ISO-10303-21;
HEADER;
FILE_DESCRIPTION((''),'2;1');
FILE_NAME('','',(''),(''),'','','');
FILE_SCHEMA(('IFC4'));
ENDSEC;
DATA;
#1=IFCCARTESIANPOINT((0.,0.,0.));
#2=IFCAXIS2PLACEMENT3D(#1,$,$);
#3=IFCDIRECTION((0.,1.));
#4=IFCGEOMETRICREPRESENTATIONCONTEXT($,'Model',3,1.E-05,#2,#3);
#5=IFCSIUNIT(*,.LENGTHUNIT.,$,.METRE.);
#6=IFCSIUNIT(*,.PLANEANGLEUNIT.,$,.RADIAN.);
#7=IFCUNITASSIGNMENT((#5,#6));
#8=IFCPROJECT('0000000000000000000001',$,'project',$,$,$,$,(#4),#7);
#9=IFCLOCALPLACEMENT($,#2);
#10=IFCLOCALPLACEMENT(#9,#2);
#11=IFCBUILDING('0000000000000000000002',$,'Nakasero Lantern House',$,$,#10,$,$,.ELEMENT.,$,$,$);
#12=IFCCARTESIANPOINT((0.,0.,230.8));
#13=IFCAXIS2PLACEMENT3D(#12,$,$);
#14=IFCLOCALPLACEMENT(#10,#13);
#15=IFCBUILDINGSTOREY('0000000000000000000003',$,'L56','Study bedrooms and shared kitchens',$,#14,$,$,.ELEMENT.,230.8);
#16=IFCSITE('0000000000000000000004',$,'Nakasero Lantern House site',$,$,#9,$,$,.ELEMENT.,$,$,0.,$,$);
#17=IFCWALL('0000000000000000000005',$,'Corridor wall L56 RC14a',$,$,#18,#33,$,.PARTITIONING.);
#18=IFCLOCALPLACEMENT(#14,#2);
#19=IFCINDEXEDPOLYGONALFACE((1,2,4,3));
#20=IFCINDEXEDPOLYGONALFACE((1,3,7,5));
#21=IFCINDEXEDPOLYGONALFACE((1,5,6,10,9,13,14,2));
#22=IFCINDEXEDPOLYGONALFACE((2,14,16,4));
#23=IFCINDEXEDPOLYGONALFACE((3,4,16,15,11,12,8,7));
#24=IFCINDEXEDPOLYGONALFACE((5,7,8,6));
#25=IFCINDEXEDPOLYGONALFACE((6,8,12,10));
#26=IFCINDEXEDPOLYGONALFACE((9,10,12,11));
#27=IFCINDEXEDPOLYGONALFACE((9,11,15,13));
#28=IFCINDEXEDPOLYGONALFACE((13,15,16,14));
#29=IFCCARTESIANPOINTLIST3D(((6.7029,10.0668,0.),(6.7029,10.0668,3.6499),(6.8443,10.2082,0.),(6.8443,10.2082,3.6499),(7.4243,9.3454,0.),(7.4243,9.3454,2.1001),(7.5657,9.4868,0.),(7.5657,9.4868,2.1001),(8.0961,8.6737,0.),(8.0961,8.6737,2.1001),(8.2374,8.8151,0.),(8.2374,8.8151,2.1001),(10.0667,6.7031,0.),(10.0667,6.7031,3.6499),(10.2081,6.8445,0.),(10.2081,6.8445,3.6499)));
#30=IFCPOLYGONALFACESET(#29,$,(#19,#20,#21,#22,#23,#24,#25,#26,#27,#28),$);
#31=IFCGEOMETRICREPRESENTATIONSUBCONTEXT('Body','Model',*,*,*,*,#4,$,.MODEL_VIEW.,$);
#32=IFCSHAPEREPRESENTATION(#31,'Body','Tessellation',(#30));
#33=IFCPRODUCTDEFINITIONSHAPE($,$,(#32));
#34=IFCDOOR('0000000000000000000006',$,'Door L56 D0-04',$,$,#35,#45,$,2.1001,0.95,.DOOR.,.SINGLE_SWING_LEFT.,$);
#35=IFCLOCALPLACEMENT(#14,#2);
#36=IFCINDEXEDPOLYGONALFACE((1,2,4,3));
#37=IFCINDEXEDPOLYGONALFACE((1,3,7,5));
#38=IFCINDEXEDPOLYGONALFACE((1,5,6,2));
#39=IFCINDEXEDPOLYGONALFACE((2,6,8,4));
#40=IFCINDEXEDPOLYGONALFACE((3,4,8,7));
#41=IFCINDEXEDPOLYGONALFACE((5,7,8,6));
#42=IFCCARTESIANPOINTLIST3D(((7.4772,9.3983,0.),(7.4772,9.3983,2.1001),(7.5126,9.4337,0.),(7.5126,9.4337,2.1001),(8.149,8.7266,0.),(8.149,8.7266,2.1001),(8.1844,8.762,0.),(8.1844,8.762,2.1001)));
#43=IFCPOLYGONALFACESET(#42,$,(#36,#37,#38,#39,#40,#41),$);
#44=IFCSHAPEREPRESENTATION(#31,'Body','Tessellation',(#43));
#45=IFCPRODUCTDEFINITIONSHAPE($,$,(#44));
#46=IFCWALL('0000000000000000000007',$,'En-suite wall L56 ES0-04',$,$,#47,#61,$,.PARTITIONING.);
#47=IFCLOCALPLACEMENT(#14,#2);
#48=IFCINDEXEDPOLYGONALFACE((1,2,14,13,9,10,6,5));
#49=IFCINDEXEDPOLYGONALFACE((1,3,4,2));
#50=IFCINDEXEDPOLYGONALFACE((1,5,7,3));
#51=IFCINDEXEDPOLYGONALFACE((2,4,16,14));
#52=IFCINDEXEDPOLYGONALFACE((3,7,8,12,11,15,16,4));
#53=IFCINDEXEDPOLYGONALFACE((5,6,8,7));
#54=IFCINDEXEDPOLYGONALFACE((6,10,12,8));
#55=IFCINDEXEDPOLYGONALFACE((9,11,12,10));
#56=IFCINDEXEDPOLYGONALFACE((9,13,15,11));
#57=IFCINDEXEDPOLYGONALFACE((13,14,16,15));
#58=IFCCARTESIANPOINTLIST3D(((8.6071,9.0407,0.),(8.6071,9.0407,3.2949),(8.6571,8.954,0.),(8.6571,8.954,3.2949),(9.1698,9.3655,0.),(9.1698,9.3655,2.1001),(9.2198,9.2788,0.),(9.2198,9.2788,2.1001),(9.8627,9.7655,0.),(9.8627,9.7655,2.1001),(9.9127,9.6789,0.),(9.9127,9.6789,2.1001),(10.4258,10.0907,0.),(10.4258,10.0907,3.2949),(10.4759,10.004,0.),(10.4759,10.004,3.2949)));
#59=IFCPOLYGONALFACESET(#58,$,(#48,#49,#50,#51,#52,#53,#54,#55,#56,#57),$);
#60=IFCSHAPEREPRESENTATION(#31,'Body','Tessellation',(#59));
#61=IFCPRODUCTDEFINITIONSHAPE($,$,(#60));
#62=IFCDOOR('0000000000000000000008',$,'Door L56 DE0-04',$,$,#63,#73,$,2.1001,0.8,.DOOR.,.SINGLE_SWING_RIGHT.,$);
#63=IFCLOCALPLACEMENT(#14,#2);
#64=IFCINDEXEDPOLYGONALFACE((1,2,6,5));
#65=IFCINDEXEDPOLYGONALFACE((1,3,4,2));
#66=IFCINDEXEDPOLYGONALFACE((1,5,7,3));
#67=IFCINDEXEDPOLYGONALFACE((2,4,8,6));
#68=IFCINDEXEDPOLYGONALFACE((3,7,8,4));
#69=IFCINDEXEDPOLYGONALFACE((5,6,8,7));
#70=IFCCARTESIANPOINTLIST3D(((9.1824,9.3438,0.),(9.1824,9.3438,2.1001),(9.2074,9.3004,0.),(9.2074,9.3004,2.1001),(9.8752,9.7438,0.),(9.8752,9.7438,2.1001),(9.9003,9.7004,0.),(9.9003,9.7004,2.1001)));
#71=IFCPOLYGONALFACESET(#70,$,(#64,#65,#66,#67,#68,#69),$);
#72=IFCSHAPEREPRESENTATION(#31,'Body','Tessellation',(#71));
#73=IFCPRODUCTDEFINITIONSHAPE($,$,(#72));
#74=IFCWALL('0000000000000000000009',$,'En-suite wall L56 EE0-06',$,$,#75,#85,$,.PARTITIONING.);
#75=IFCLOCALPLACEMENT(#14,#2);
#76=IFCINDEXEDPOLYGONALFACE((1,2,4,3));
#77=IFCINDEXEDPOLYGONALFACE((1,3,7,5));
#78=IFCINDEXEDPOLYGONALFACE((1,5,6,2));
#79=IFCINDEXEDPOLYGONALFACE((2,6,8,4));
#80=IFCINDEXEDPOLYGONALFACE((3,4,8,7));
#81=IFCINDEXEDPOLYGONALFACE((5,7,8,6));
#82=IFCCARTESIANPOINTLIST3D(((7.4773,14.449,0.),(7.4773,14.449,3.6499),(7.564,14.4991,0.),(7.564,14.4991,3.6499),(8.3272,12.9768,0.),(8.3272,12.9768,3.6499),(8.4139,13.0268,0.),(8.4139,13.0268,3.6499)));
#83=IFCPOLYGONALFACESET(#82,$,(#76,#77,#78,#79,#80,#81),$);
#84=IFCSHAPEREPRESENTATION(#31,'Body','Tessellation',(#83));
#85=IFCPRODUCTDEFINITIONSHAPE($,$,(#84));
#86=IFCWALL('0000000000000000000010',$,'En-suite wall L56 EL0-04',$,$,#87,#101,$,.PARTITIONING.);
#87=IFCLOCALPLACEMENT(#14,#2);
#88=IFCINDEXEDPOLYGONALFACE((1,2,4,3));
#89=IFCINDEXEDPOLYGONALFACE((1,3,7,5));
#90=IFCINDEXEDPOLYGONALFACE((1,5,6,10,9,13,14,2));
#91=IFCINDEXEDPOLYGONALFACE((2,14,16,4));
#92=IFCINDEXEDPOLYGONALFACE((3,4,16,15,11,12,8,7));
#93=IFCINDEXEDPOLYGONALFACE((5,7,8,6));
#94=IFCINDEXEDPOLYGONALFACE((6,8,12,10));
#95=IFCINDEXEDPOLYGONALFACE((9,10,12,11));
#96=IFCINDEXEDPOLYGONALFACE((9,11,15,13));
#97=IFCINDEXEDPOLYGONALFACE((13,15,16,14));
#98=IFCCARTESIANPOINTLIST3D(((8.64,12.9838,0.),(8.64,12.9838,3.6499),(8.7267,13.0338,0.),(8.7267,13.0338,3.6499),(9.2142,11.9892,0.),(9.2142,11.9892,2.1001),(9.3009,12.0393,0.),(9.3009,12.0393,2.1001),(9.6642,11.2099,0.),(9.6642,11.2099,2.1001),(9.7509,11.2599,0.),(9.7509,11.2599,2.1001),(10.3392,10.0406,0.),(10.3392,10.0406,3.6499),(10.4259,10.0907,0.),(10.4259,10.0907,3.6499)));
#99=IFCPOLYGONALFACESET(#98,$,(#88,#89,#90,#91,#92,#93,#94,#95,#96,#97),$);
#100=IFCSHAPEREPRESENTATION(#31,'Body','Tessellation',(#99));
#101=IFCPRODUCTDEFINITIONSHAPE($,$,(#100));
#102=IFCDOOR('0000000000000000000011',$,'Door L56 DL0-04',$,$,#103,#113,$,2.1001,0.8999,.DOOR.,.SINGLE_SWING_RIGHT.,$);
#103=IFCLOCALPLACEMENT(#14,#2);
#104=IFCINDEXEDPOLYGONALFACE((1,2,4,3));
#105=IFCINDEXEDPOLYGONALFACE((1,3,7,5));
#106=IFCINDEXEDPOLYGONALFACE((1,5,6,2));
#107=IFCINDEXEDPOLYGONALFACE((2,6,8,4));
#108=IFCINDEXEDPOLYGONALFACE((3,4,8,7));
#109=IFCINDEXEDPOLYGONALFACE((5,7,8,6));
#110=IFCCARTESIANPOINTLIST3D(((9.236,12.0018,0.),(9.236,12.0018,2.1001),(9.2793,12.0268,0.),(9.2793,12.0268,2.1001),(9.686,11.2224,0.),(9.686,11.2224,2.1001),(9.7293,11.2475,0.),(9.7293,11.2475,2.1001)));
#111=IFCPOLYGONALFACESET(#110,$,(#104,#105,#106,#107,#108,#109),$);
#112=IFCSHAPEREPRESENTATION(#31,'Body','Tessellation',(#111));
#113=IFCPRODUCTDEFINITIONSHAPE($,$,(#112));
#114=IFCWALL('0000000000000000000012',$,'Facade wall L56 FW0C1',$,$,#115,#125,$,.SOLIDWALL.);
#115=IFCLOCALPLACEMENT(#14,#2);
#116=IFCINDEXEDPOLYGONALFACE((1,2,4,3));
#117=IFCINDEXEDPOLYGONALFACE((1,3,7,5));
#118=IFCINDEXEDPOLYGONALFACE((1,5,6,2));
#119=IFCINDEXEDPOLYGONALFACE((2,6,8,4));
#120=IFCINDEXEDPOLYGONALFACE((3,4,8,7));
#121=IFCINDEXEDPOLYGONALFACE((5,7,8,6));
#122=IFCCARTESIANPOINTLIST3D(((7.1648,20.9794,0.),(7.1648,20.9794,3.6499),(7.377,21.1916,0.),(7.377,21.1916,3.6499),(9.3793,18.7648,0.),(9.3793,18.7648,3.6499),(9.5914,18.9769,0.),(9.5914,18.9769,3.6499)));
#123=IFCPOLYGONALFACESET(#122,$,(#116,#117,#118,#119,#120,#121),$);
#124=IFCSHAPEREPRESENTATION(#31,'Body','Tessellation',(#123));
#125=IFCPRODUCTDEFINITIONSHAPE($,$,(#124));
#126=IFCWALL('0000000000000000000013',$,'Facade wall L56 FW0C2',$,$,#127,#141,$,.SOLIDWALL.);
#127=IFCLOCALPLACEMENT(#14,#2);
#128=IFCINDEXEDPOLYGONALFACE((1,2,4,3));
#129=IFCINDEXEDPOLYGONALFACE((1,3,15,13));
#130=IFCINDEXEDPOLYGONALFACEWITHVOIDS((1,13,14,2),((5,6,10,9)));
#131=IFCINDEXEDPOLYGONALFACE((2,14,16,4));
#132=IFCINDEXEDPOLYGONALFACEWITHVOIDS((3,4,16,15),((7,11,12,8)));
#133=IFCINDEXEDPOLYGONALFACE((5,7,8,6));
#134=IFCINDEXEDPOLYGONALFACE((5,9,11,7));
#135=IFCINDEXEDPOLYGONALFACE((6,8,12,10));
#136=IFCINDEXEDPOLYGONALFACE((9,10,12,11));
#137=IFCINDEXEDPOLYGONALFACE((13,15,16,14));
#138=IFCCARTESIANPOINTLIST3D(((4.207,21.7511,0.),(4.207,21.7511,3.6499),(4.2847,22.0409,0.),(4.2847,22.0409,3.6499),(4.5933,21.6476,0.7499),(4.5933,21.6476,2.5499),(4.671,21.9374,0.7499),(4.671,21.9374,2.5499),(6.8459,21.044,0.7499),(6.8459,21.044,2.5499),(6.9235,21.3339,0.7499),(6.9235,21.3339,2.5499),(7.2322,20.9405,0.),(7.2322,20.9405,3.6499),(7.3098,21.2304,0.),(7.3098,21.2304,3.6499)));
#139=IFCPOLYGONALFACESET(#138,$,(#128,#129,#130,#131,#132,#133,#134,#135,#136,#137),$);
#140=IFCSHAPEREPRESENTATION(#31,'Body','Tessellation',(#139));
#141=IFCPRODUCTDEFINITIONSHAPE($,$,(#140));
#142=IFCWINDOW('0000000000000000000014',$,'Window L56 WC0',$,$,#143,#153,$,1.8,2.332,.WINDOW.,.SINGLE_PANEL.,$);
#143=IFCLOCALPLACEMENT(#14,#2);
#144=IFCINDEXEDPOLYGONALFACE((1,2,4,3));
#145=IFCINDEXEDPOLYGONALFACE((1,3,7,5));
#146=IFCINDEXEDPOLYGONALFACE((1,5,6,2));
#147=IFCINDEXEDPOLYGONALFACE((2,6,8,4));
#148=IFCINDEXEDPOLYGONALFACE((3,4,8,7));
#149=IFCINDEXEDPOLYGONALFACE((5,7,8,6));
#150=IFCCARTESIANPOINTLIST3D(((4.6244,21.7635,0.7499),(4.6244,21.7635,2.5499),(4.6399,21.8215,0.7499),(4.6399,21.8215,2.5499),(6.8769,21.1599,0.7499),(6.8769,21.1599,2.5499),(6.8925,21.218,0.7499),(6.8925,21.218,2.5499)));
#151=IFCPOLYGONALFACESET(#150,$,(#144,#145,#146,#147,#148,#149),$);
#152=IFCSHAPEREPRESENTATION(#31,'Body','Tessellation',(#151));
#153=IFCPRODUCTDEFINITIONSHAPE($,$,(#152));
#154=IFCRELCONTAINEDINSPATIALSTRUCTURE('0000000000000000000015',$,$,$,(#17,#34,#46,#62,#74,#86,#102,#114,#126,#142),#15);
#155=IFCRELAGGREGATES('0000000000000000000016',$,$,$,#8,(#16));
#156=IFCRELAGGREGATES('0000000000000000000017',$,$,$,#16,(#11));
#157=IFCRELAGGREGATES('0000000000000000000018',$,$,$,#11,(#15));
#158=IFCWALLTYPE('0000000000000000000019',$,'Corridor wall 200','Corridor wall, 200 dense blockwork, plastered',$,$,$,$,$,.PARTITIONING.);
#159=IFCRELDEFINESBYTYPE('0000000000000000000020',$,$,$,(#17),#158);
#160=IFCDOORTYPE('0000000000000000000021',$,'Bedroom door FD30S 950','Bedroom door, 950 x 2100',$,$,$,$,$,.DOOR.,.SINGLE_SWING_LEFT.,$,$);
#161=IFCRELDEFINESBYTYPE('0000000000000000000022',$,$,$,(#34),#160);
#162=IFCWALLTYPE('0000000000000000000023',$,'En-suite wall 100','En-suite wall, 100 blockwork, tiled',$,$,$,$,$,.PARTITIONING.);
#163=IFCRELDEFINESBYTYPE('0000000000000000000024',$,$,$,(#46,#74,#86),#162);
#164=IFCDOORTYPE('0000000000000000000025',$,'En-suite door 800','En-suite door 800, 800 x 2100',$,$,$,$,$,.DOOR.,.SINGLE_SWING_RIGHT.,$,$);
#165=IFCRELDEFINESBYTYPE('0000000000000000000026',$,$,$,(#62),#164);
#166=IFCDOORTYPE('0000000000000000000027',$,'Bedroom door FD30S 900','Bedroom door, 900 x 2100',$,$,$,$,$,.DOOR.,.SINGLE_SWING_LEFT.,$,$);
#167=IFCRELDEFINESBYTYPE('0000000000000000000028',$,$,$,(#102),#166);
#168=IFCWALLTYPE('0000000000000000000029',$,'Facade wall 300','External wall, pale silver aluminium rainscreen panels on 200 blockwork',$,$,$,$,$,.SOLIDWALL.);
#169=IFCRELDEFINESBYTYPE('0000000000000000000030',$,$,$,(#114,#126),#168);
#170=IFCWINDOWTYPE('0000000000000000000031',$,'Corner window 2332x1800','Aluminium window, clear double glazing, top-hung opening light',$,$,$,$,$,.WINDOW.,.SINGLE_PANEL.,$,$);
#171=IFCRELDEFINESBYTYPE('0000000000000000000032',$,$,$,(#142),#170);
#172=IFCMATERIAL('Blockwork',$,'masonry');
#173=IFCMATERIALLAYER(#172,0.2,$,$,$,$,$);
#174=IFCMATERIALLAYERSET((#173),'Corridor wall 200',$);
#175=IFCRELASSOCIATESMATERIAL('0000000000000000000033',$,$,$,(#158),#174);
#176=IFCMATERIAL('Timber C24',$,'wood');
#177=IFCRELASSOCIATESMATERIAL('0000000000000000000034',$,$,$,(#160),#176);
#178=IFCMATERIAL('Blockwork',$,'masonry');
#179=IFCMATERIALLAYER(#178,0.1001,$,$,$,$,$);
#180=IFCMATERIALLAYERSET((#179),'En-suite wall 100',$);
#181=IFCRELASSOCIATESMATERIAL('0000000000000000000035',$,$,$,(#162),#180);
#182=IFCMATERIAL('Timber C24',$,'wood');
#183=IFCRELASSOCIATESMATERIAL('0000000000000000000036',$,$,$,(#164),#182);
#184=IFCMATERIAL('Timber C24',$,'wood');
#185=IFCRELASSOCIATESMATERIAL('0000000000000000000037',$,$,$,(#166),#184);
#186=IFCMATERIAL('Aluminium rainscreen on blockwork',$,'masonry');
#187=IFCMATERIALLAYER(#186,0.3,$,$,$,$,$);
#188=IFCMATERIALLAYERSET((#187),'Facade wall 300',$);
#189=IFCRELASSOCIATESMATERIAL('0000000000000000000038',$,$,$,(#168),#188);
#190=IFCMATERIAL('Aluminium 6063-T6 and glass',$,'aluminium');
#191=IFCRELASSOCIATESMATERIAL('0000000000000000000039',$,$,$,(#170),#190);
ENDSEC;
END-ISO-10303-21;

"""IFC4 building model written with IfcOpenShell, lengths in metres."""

from ifc_helpers import new_model, si_unit, direction, frame, frame_2d, origin, place, context, subcontext, project, spatial, rectangle, extrude, material, layer, layer_set, type_object, element, fill, save


model = new_model("IFC4")

# Units and contexts
model_context = context("Model", 3, precision=1e-05, world=origin(), true_north=direction((0.0, 1.0)))
body_context = subcontext(model_context, "Body", "Model", "MODEL_VIEW")
ifc_project = project(units=[si_unit("LENGTHUNIT", "METRE"), si_unit("PLANEANGLEUNIT", "RADIAN")], contexts=[model_context])

# Site, building, storey
site_placement = place(None, origin())
site = spatial("IfcSite", under=ifc_project, at=site_placement, Name="Nakasero Lantern House site", CompositionType="ELEMENT", RefElevation=0.0)
building_placement = place(site_placement, origin())
building = spatial("IfcBuilding", under=site, at=building_placement, Name="Nakasero Lantern House", CompositionType="ELEMENT")
storey_placement = place(building_placement, frame((0.0, 0.0, 230.8)))
storey = spatial("IfcBuildingStorey", under=building, at=storey_placement, Name="L56", Description="Study bedrooms and shared kitchens", CompositionType="ELEMENT", Elevation=230.8)

# Walls, openings, doors
ifc_material_1 = material(Name="Blockwork", Category="masonry")
ifc_layer_1 = layer(ifc_material_1, 0.2)
ifc_layer_set_1 = layer_set([ifc_layer_1], Name="Corridor wall 200")
wall_type_1 = type_object("IfcWallType", Name="Corridor wall 200", Description="Corridor wall, 200 dense blockwork, plastered", PredefinedType="PARTITIONING", material=ifc_layer_set_1)
wall_1_placement = place(storey_placement, frame((6.7737, 10.1375, 0.0), z_axis=(0.0, 0.0, 1.0), x_axis=(0.707107, -0.707107, 0.0)))
wall_1 = element("IfcWall", 1, at=wall_1_placement, inside=storey, type_object=wall_type_1, Name="Corridor wall L56 RC14a", PredefinedType="PARTITIONING", context=body_context, shape_type="SweptSolid", body=[
    extrude(rectangle(XDim=4.7571, YDim=0.2, at=frame_2d((2.3784, 0.0))), origin(), (0.0, 0.0, 1.0), 3.6499),
])
opening_1_placement = place(wall_1_placement, frame((1.02, 0.0, 0.0)))
opening_1 = element("IfcOpeningElement", 2, at=opening_1_placement, cuts=wall_1, PredefinedType="OPENING", context=body_context, shape_type="SweptSolid", body=[
    extrude(rectangle(XDim=0.95, YDim=2.1001, at=frame_2d((0.4751, 1.05))), frame((0.0, 0.1199, 0.0), z_axis=(0.0, -1.0, 0.0), x_axis=(1.0, 0.0, 0.0)), (0.0, 0.0, 1.0), 0.24),
])
ifc_material_2 = material(Name="Timber C24", Category="wood")
door_type_1 = type_object("IfcDoorType", Name="Bedroom door FD30S 950", Description="Bedroom door, 950 x 2100", OperationType="SINGLE_SWING_LEFT", PredefinedType="DOOR", material=ifc_material_2)
door_1_placement = place(opening_1_placement, origin())
door_1 = element("IfcDoor", 3, at=door_1_placement, inside=storey, type_object=door_type_1, Name="Door L56 D0-04", OperationType="SINGLE_SWING_LEFT", OverallHeight=2.1001, OverallWidth=0.95, PredefinedType="DOOR", context=body_context, shape_type="SweptSolid", body=[
    extrude(rectangle(XDim=0.95, YDim=2.1001, at=frame_2d((0.4751, 1.05))), frame((0.0, 0.0249, 0.0), z_axis=(0.0, -1.0, 0.0), x_axis=(1.0, 0.0, 0.0)), (0.0, 0.0, 1.0), 0.05),
])
fill(opening_1, door_1)
ifc_material_3 = material(Name="Blockwork", Category="masonry")
ifc_layer_2 = layer(ifc_material_3, 0.1001)
ifc_layer_set_2 = layer_set([ifc_layer_2], Name="En-suite wall 100")
wall_type_2 = type_object("IfcWallType", Name="En-suite wall 100", Description="En-suite wall, 100 blockwork, tiled", PredefinedType="PARTITIONING", material=ifc_layer_set_2)
wall_2_placement = place(storey_placement, frame((8.6321, 8.9973, 0.0), z_axis=(0.0, 0.0, 1.0), x_axis=(0.866038, 0.499977, 0.0)))
wall_2 = element("IfcWall", 4, at=wall_2_placement, inside=storey, type_object=wall_type_2, Name="En-suite wall L56 ES0-04", PredefinedType="PARTITIONING", context=body_context, shape_type="SweptSolid", body=[
    extrude(rectangle(XDim=2.1001, YDim=0.1001, at=frame_2d((1.05, 0.0))), origin(), (0.0, 0.0, 1.0), 3.2949),
])
opening_2_placement = place(wall_2_placement, frame((0.6499, 0.0, 0.0)))
opening_2 = element("IfcOpeningElement", 5, at=opening_2_placement, cuts=wall_2, PredefinedType="OPENING", context=body_context, shape_type="SweptSolid", body=[
    extrude(rectangle(XDim=0.8, YDim=2.1001, at=frame_2d((0.3999, 1.05))), frame((0.0, 0.0701, 0.0), z_axis=(0.0, -1.0, 0.0), x_axis=(1.0, 0.0, 0.0)), (0.0, 0.0, 1.0), 0.1401),
])
ifc_material_4 = material(Name="Timber C24", Category="wood")
door_type_2 = type_object("IfcDoorType", Name="En-suite door 800", Description="En-suite door 800, 800 x 2100", OperationType="SINGLE_SWING_RIGHT", PredefinedType="DOOR", material=ifc_material_4)
door_2_placement = place(opening_2_placement, origin())
door_2 = element("IfcDoor", 6, at=door_2_placement, inside=storey, type_object=door_type_2, Name="Door L56 DE0-04", OperationType="SINGLE_SWING_RIGHT", OverallHeight=2.1001, OverallWidth=0.8, PredefinedType="DOOR", context=body_context, shape_type="SweptSolid", body=[
    extrude(rectangle(XDim=0.8, YDim=2.1001, at=frame_2d((0.3999, 1.05))), frame((0.0, 0.0249, 0.0), z_axis=(0.0, -1.0, 0.0), x_axis=(1.0, 0.0, 0.0)), (0.0, 0.0, 1.0), 0.05),
])
fill(opening_2, door_2)

# Wall
wall_3_placement = place(storey_placement, frame((8.3706, 13.0017, 0.0), z_axis=(0.0, 0.0, 1.0), x_axis=(-0.499955, 0.866052, 0.0)))
element("IfcWall", 7, at=wall_3_placement, inside=storey, type_object=wall_type_2, Name="En-suite wall L56 EE0-06", PredefinedType="PARTITIONING", context=body_context, shape_type="SweptSolid", body=[
    extrude(rectangle(XDim=1.7, YDim=0.1001, at=frame_2d((0.8501, 0.0))), origin(), (0.0, 0.0, 1.0), 3.6499),
])

# Wall, opening, door
wall_4_placement = place(storey_placement, frame((10.3826, 10.0657, 0.0), z_axis=(0.0, 0.0, 1.0), x_axis=(-0.500002, 0.866024, 0.0)))
wall_4 = element("IfcWall", 8, at=wall_4_placement, inside=storey, type_object=wall_type_2, Name="En-suite wall L56 EL0-04", PredefinedType="PARTITIONING", context=body_context, shape_type="SweptSolid", body=[
    extrude(rectangle(XDim=3.3984, YDim=0.1001, at=frame_2d((1.6992, 0.0))), origin(), (0.0, 0.0, 1.0), 3.6499),
])
opening_3_placement = place(wall_4_placement, frame((1.3501, 0.0, 0.0)))
opening_3 = element("IfcOpeningElement", 9, at=opening_3_placement, cuts=wall_4, PredefinedType="OPENING", context=body_context, shape_type="SweptSolid", body=[
    extrude(rectangle(XDim=0.8999, YDim=2.1001, at=frame_2d((0.45, 1.05))), frame((0.0, 0.0701, 0.0), z_axis=(0.0, -1.0, 0.0), x_axis=(1.0, 0.0, 0.0)), (0.0, 0.0, 1.0), 0.1401),
])
ifc_material_5 = material(Name="Timber C24", Category="wood")
door_type_3 = type_object("IfcDoorType", Name="Bedroom door FD30S 900", Description="Bedroom door, 900 x 2100", OperationType="SINGLE_SWING_LEFT", PredefinedType="DOOR", material=ifc_material_5)
door_3_placement = place(opening_3_placement, origin())
door_3 = element("IfcDoor", 10, at=door_3_placement, inside=storey, type_object=door_type_3, Name="Door L56 DL0-04", OperationType="SINGLE_SWING_RIGHT", OverallHeight=2.1001, OverallWidth=0.8999, PredefinedType="DOOR", context=body_context, shape_type="SweptSolid", body=[
    extrude(rectangle(XDim=0.8999, YDim=2.1001, at=frame_2d((0.45, 1.05))), frame((0.0, 0.0249, 0.0), z_axis=(0.0, -1.0, 0.0), x_axis=(1.0, 0.0, 0.0)), (0.0, 0.0, 1.0), 0.05),
])
fill(opening_3, door_3)

# Wall
ifc_material_6 = material(Name="Aluminium rainscreen on blockwork", Category="masonry")
ifc_layer_3 = layer(ifc_material_6, 0.3)
ifc_layer_set_3 = layer_set([ifc_layer_3], Name="Facade wall 300")
wall_type_3 = type_object("IfcWallType", Name="Facade wall 300", Description="External wall, pale silver aluminium rainscreen panels on 200 blockwork", PredefinedType="SOLIDWALL", material=ifc_layer_set_3)
wall_5_placement = place(storey_placement, frame((9.4854, 18.8708, 0.0), z_axis=(0.0, 0.0, 1.0), x_axis=(-0.707068, 0.707146, 0.0)))
element("IfcWall", 11, at=wall_5_placement, inside=storey, type_object=wall_type_3, Name="Facade wall L56 FW0C1", PredefinedType="SOLIDWALL", context=body_context, shape_type="SweptSolid", body=[
    extrude(rectangle(XDim=3.1318, YDim=0.3, at=frame_2d((1.5659, 0.0))), origin(), (0.0, 0.0, 1.0), 3.6499),
])

# Wall, opening, window
wall_6_placement = place(storey_placement, frame((7.271, 21.0854, 0.0), z_axis=(0.0, 0.0, 1.0), x_axis=(-0.965929, 0.258808, 0.0)))
wall_6 = element("IfcWall", 12, at=wall_6_placement, inside=storey, type_object=wall_type_3, Name="Facade wall L56 FW0C2", PredefinedType="SOLIDWALL", context=body_context, shape_type="SweptSolid", body=[
    extrude(rectangle(XDim=3.1318, YDim=0.3, at=frame_2d((1.5659, 0.0))), origin(), (0.0, 0.0, 1.0), 3.6499),
])
opening_4_placement = place(wall_6_placement, frame((0.3999, 0.0, 0.75)))
opening_4 = element("IfcOpeningElement", 13, at=opening_4_placement, cuts=wall_6, PredefinedType="OPENING", context=body_context, shape_type="SweptSolid", body=[
    extrude(rectangle(XDim=2.332, YDim=1.8, at=frame_2d((1.166, 0.8999))), frame((0.0, 0.1699, 0.0), z_axis=(0.0, -1.0, 0.0), x_axis=(1.0, 0.0, 0.0)), (0.0, 0.0, 1.0), 0.3401),
])
ifc_material_7 = material(Name="Aluminium 6063-T6 and glass", Category="aluminium")
window_type = type_object("IfcWindowType", Name="Corner window 2332x1800", Description="Aluminium window, clear double glazing, top-hung opening light", PartitioningType="SINGLE_PANEL", PredefinedType="WINDOW", material=ifc_material_7)
window_placement = place(opening_4_placement, origin())
window = element("IfcWindow", 14, at=window_placement, inside=storey, type_object=window_type, Name="Window L56 WC0", OverallHeight=1.8, OverallWidth=2.332, PartitioningType="SINGLE_PANEL", PredefinedType="WINDOW", context=body_context, shape_type="SweptSolid", body=[
    extrude(rectangle(XDim=2.332, YDim=1.8, at=frame_2d((1.166, 0.8999))), frame((0.0, 0.03, 0.0), z_axis=(0.0, -1.0, 0.0), x_axis=(1.0, 0.0, 0.0)), (0.0, 0.0, 1.0), 0.0601),
])
fill(opening_4, window)

save(model, "model.ifc")
